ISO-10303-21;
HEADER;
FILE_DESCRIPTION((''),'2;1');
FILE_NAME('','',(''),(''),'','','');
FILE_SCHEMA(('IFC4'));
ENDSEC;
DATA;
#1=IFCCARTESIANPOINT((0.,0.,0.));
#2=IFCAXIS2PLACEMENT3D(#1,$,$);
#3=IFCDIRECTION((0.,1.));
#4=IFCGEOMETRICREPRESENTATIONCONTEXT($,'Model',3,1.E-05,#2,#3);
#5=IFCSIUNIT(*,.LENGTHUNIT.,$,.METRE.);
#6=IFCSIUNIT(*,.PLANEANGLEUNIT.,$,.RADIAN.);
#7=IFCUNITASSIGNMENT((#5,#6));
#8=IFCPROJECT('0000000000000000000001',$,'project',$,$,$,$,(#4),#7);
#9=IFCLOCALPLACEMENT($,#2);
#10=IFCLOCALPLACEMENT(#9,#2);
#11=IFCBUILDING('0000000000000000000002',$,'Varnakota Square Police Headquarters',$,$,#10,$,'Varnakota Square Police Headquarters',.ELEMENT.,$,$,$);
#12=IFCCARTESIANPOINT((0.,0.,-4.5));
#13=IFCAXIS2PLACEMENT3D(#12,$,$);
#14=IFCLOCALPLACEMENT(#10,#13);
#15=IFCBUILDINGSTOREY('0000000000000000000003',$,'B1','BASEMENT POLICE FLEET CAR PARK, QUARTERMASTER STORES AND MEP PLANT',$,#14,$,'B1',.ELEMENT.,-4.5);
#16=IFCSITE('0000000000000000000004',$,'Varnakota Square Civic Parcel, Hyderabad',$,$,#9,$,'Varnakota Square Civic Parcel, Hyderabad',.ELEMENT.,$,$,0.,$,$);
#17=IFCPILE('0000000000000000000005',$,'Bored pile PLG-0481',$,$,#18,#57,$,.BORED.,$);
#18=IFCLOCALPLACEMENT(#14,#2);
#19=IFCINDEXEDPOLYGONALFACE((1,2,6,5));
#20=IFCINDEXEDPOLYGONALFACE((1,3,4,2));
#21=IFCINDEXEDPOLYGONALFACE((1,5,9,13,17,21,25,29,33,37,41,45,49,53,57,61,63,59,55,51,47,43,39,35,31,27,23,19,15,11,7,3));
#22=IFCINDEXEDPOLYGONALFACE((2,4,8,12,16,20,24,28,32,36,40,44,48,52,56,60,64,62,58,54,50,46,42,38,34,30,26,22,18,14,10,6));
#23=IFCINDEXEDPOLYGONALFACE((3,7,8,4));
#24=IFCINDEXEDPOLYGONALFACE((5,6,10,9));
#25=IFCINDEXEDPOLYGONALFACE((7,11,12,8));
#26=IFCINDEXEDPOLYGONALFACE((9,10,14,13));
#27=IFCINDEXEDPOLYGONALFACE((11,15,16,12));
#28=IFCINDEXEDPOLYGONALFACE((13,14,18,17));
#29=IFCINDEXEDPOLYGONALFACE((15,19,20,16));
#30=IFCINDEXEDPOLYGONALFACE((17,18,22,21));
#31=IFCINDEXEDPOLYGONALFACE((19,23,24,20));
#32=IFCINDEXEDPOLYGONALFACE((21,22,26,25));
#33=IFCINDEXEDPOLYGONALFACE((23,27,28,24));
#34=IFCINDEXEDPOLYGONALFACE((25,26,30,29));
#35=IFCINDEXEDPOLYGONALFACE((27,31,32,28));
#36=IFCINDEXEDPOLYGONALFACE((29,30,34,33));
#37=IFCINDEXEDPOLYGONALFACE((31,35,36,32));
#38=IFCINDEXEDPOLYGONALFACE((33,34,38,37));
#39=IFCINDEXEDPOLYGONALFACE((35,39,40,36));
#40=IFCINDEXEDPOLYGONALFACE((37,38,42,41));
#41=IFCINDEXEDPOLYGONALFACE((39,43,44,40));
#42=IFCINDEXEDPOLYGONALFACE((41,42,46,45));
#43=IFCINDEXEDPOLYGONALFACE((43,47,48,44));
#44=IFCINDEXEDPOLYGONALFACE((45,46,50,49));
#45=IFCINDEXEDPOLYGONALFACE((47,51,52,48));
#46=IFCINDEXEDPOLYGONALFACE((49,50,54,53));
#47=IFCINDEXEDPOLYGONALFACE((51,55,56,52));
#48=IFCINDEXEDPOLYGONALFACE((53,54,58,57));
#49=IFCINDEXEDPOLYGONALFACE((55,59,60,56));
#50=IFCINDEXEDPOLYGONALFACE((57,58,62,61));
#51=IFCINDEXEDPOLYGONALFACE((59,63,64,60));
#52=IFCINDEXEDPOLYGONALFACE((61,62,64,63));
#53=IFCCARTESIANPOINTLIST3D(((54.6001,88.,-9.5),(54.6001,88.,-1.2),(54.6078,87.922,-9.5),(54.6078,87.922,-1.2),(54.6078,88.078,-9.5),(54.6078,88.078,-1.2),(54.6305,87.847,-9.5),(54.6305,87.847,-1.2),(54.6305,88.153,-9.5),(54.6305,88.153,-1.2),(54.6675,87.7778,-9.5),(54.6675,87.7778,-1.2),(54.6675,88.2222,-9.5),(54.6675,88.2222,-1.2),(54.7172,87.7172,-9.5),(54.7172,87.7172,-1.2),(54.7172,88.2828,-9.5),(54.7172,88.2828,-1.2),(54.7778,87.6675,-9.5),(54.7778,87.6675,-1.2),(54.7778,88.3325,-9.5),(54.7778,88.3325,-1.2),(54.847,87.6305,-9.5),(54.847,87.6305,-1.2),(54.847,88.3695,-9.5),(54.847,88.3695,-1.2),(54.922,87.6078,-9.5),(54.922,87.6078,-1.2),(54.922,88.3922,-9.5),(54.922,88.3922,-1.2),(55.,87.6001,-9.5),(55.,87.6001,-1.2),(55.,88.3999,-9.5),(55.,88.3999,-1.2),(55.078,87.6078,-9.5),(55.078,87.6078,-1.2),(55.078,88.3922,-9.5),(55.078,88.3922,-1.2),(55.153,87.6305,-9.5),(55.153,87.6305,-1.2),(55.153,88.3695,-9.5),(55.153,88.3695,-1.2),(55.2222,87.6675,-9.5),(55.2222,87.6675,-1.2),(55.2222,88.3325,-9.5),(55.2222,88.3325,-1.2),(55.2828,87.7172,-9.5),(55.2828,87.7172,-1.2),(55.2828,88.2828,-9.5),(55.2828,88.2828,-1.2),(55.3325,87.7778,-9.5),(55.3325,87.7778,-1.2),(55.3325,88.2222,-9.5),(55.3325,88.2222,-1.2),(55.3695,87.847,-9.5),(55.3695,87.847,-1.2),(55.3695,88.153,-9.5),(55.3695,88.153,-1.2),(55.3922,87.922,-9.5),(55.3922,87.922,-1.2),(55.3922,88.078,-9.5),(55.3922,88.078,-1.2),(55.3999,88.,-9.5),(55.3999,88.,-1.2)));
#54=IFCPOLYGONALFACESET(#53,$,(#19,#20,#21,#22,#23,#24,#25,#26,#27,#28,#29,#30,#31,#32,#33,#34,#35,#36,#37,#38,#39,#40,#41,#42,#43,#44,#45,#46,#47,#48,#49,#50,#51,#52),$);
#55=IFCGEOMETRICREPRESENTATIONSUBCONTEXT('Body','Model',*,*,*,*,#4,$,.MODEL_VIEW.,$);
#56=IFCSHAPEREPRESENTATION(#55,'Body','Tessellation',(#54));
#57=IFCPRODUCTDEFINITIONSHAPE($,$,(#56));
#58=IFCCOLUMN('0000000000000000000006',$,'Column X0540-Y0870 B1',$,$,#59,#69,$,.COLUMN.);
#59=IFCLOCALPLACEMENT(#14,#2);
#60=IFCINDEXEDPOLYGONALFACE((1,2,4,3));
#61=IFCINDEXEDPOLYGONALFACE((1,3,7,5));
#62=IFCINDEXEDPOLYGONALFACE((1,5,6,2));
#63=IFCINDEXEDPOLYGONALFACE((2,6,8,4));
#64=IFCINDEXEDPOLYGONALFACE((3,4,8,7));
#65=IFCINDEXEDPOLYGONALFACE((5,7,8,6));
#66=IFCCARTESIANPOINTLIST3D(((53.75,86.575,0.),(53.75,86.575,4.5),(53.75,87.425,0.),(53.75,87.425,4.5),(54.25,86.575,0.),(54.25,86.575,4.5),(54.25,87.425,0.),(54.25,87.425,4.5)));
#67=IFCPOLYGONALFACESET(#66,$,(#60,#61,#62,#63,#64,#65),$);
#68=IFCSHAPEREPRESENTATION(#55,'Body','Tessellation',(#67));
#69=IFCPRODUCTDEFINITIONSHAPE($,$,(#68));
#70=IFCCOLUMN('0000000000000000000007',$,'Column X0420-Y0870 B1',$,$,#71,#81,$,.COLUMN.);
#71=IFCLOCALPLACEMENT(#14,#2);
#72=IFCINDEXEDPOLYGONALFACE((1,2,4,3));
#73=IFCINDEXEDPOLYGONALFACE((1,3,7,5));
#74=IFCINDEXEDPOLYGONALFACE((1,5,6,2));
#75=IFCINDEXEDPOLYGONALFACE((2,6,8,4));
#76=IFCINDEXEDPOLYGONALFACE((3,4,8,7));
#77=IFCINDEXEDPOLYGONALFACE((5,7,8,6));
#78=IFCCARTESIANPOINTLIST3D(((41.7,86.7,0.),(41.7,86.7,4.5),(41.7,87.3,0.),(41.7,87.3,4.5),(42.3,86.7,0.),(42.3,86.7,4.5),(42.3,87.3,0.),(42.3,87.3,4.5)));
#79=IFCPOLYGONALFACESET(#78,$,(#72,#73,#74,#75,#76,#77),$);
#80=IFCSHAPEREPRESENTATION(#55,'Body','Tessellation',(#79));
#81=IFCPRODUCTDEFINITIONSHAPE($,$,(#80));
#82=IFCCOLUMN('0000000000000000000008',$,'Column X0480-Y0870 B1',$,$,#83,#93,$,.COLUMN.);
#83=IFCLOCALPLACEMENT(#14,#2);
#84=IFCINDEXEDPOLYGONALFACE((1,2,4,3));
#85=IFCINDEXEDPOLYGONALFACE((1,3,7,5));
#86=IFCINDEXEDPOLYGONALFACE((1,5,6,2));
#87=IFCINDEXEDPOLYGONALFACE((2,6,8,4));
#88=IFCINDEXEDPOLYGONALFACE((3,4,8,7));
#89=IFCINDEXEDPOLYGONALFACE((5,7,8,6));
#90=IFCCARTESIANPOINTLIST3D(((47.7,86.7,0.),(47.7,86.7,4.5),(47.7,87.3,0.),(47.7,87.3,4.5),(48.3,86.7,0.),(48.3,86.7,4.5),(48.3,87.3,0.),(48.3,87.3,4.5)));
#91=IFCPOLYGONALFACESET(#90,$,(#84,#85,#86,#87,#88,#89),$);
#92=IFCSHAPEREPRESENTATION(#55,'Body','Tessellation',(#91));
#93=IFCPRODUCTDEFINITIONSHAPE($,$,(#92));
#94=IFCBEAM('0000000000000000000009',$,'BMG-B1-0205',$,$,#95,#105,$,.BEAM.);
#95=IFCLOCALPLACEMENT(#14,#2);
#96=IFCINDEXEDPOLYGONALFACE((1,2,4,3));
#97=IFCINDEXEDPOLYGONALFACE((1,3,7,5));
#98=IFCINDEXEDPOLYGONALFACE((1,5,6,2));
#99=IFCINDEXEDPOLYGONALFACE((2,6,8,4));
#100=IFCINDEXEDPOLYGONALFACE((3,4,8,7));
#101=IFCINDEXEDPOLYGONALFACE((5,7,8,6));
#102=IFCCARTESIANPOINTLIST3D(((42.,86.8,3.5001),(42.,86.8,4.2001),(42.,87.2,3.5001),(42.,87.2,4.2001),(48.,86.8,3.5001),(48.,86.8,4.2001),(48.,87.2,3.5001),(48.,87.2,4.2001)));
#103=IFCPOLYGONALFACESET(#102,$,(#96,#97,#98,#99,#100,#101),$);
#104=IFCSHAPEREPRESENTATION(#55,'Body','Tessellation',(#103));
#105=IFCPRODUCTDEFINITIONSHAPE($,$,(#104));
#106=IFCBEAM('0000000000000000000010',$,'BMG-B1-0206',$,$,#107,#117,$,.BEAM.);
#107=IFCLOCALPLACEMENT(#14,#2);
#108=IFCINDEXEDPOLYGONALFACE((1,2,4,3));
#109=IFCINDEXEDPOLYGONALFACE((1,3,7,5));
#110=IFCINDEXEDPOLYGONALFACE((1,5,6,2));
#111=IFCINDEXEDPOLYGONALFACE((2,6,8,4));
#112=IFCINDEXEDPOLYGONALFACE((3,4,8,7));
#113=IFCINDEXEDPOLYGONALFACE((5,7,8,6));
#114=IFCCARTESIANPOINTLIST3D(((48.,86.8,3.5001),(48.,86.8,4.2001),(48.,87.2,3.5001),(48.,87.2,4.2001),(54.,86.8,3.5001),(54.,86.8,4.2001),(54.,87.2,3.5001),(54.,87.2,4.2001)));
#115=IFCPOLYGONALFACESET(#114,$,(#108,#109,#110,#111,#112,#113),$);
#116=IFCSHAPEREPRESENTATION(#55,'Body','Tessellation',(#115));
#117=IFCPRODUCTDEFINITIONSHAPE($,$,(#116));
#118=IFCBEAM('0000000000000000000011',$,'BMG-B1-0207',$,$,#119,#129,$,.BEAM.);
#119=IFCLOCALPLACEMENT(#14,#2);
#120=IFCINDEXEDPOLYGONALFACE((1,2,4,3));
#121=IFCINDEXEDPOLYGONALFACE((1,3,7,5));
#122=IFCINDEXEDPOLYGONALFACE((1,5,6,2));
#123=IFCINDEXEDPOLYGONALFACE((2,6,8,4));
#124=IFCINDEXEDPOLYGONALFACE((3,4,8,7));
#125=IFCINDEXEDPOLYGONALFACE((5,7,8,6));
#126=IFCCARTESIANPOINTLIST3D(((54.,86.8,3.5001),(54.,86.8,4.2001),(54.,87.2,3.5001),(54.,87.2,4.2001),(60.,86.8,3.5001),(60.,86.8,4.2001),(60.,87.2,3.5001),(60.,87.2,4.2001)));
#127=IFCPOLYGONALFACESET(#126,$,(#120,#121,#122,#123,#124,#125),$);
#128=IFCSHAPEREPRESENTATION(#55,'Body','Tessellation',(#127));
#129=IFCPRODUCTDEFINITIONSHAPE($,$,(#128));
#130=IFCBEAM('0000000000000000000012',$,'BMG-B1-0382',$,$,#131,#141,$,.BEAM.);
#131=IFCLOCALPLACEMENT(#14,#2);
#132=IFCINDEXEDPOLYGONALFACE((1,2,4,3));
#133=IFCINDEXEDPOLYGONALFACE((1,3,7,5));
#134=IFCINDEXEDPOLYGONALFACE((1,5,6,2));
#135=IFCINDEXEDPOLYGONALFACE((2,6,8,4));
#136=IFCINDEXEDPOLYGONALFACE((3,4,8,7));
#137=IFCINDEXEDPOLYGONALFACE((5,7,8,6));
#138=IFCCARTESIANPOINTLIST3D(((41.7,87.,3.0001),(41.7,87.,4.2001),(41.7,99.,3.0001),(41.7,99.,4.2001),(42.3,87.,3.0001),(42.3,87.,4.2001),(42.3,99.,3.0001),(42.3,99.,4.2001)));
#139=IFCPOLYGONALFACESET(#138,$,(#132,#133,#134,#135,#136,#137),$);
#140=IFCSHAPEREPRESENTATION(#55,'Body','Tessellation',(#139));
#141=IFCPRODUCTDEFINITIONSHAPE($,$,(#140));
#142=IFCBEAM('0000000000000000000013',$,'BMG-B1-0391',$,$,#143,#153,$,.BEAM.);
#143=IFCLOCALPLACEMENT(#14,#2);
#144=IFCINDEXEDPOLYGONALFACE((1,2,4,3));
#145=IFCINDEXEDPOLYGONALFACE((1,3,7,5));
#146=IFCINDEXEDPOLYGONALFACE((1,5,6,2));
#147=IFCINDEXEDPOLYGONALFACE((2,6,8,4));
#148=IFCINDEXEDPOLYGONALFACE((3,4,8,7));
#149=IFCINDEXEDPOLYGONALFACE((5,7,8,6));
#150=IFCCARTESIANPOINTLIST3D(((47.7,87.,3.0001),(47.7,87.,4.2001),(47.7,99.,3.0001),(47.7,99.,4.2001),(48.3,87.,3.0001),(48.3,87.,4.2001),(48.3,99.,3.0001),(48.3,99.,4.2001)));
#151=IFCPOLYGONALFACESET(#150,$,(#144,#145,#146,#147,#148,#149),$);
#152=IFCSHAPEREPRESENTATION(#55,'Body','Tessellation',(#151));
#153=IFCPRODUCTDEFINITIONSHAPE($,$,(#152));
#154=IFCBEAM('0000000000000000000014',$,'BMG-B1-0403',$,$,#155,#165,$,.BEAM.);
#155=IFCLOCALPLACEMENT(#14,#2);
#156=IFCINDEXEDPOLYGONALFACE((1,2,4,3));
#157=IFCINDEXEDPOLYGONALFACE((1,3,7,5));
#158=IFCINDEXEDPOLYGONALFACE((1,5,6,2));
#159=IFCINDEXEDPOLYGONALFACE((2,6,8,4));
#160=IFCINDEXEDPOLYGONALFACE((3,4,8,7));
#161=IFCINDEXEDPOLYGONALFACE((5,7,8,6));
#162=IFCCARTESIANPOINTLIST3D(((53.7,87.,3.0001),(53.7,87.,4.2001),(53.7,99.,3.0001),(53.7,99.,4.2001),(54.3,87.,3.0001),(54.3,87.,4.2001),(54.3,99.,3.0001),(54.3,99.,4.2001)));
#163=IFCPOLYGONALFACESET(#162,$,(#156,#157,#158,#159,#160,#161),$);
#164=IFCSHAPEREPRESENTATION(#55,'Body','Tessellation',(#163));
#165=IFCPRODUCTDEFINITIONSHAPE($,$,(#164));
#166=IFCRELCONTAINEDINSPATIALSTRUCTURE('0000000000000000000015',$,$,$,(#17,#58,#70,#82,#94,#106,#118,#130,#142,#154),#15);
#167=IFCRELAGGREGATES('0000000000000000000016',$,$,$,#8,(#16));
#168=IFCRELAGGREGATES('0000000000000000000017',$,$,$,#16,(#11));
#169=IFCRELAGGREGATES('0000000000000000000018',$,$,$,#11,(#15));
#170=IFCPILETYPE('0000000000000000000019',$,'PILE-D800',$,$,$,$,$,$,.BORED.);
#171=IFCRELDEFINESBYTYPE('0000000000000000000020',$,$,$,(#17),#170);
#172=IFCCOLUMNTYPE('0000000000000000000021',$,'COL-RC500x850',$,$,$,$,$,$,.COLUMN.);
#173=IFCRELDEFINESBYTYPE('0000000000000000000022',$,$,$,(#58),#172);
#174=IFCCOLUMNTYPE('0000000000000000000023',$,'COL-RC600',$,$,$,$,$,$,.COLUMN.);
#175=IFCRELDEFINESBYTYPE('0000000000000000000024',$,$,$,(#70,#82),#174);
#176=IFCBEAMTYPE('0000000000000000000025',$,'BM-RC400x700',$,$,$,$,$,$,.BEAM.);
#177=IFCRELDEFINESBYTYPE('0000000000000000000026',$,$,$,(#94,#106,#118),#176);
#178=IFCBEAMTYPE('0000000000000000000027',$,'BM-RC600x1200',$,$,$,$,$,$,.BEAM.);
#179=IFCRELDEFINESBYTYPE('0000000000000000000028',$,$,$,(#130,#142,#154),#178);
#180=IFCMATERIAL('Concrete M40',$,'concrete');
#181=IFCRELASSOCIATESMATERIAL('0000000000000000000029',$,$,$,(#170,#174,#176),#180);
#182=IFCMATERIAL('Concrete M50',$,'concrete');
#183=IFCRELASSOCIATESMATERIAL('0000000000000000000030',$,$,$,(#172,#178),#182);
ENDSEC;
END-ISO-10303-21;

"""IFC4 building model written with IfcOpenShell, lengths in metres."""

from ifc_helpers import new_model, si_unit, direction, frame, origin, origin_2d, place, context, subcontext, project, spatial, rectangle, circle, extrude, material, material_profile, profile_set, type_object, element, save


model = new_model("IFC4")

# Units and contexts
model_context = context("Model", 3, precision=1e-05, world=origin(), true_north=direction((0.0, 1.0)))
body_context = subcontext(model_context, "Body", "Model", "MODEL_VIEW")
ifc_project = project(units=[si_unit("LENGTHUNIT", "METRE"), si_unit("PLANEANGLEUNIT", "RADIAN")], contexts=[model_context])

# Site, building, storey
site_placement = place(None, origin())
site = spatial("IfcSite", under=ifc_project, at=site_placement, Name="Varnakota Square Civic Parcel, Hyderabad", LongName="Varnakota Square Civic Parcel, Hyderabad", CompositionType="ELEMENT", RefElevation=0.0)
building_placement = place(site_placement, origin())
building = spatial("IfcBuilding", under=site, at=building_placement, Name="Varnakota Square Police Headquarters", LongName="Varnakota Square Police Headquarters", CompositionType="ELEMENT")
storey_placement = place(building_placement, frame((0.0, 0.0, -4.5)))
storey = spatial("IfcBuildingStorey", under=building, at=storey_placement, Name="B1", Description="BASEMENT POLICE FLEET CAR PARK, QUARTERMASTER STORES AND MEP PLANT", LongName="B1", CompositionType="ELEMENT", Elevation=-4.5)

# Shared definitions
ifc_material_1 = material(Name="Concrete M40", Category="concrete")

# Pile
ifc_material_profile_1 = material_profile(ifc_material_1, circle(Radius=0.3999, at=origin_2d()), Name="BORED PILE 800")
ifc_profile_set_1 = profile_set([ifc_material_profile_1], Name="Concrete M40")
pile_type = type_object("IfcPileType", Name="PILE-D800", PredefinedType="BORED", material=ifc_profile_set_1)
for number, where, z_axis, x_axis, name in (
    (1, (55.0, 88.0, -1.2), (0.0, 0.0, -1.0), (1.0, 0.0, 0.0), "Bored pile PLG-0481"),
):
    element("IfcPile", number, at=place(storey_placement, frame(where, z_axis=z_axis, x_axis=x_axis)), inside=storey, type_object=pile_type, Name=name, PredefinedType="BORED", context=body_context, shape_type="SweptSolid", body=[
        extrude(circle(Radius=0.3999, at=origin_2d()), origin(), (0.0, 0.0, 1.0), 8.3),
    ])

# Columns
ifc_material_2 = material(Name="Concrete M50", Category="concrete")
ifc_material_profile_2 = material_profile(ifc_material_2, rectangle(XDim=0.5, YDim=0.8501, at=origin_2d()), Name="RC 500x850")
ifc_profile_set_2 = profile_set([ifc_material_profile_2], Name="Concrete M50")
column_type_1 = type_object("IfcColumnType", Name="COL-RC500x850", PredefinedType="COLUMN", material=ifc_profile_set_2)
column_placement = place(storey_placement, frame((54.0, 87.0, 0.0), z_axis=(0.0, 0.0, 1.0), x_axis=(1.0, 0.0, 0.0)))
element("IfcColumn", 2, at=column_placement, inside=storey, type_object=column_type_1, Name="Column X0540-Y0870 B1", PredefinedType="COLUMN", context=body_context, shape_type="SweptSolid", body=[
    extrude(rectangle(XDim=0.5, YDim=0.8501, at=origin_2d()), origin(), (0.0, 0.0, 1.0), 4.5),
])
ifc_material_profile_3 = material_profile(ifc_material_1, rectangle(XDim=0.6001, YDim=0.6001, at=origin_2d()), Name="RC 600x600")
ifc_profile_set_3 = profile_set([ifc_material_profile_3], Name="Concrete M40")
column_type_2 = type_object("IfcColumnType", Name="COL-RC600", PredefinedType="COLUMN", material=ifc_profile_set_3)
for number, where, z_axis, x_axis, name in (
    (3, (42.0, 87.0, 0.0), (0.0, 0.0, 1.0), (1.0, 0.0, 0.0), "Column X0420-Y0870 B1"),
    (4, (48.0, 87.0, 0.0), (0.0, 0.0, 1.0), (1.0, 0.0, 0.0), "Column X0480-Y0870 B1"),
):
    element("IfcColumn", number, at=place(storey_placement, frame(where, z_axis=z_axis, x_axis=x_axis)), inside=storey, type_object=column_type_2, Name=name, PredefinedType="COLUMN", context=body_context, shape_type="SweptSolid", body=[
        extrude(rectangle(XDim=0.6001, YDim=0.6001, at=origin_2d()), origin(), (0.0, 0.0, 1.0), 4.5),
    ])

# Beams
ifc_material_profile_4 = material_profile(ifc_material_1, rectangle(XDim=0.3999, YDim=0.7, at=origin_2d()), Name="RC 400x700")
ifc_profile_set_4 = profile_set([ifc_material_profile_4], Name="Concrete M40")
beam_type_1 = type_object("IfcBeamType", Name="BM-RC400x700", PredefinedType="BEAM", material=ifc_profile_set_4)
for number, where, z_axis, x_axis, name in (
    (5, (42.0, 87.0, 3.8501), (1.0, 0.0, 0.0), (0.0, 1.0, 0.0), "BMG-B1-0205"),
    (6, (48.0, 87.0, 3.8501), (1.0, 0.0, 0.0), (0.0, 1.0, 0.0), "BMG-B1-0206"),
    (7, (54.0, 87.0, 3.8501), (1.0, 0.0, 0.0), (0.0, 1.0, 0.0), "BMG-B1-0207"),
):
    element("IfcBeam", number, at=place(storey_placement, frame(where, z_axis=z_axis, x_axis=x_axis)), inside=storey, type_object=beam_type_1, Name=name, PredefinedType="BEAM", context=body_context, shape_type="SweptSolid", body=[
        extrude(rectangle(XDim=0.3999, YDim=0.7, at=origin_2d()), origin(), (0.0, 0.0, 1.0), 6.0),
    ])
ifc_material_profile_5 = material_profile(ifc_material_2, rectangle(XDim=0.6001, YDim=1.2, at=origin_2d()), Name="RC 600x1200")
ifc_profile_set_5 = profile_set([ifc_material_profile_5], Name="Concrete M50")
beam_type_2 = type_object("IfcBeamType", Name="BM-RC600x1200", PredefinedType="BEAM", material=ifc_profile_set_5)
for number, where, z_axis, x_axis, name in (
    (8, (42.0, 87.0, 3.6001), (0.0, 1.0, 0.0), (-1.0, 0.0, 0.0), "BMG-B1-0382"),
    (9, (48.0, 87.0, 3.6001), (0.0, 1.0, 0.0), (-1.0, 0.0, 0.0), "BMG-B1-0391"),
    (10, (54.0, 87.0, 3.6001), (0.0, 1.0, 0.0), (-1.0, 0.0, 0.0), "BMG-B1-0403"),
):
    element("IfcBeam", number, at=place(storey_placement, frame(where, z_axis=z_axis, x_axis=x_axis)), inside=storey, type_object=beam_type_2, Name=name, PredefinedType="BEAM", context=body_context, shape_type="SweptSolid", body=[
        extrude(rectangle(XDim=0.6001, YDim=1.2, at=origin_2d()), origin(), (0.0, 0.0, 1.0), 12.0),
    ])

save(model, "model.ifc")
